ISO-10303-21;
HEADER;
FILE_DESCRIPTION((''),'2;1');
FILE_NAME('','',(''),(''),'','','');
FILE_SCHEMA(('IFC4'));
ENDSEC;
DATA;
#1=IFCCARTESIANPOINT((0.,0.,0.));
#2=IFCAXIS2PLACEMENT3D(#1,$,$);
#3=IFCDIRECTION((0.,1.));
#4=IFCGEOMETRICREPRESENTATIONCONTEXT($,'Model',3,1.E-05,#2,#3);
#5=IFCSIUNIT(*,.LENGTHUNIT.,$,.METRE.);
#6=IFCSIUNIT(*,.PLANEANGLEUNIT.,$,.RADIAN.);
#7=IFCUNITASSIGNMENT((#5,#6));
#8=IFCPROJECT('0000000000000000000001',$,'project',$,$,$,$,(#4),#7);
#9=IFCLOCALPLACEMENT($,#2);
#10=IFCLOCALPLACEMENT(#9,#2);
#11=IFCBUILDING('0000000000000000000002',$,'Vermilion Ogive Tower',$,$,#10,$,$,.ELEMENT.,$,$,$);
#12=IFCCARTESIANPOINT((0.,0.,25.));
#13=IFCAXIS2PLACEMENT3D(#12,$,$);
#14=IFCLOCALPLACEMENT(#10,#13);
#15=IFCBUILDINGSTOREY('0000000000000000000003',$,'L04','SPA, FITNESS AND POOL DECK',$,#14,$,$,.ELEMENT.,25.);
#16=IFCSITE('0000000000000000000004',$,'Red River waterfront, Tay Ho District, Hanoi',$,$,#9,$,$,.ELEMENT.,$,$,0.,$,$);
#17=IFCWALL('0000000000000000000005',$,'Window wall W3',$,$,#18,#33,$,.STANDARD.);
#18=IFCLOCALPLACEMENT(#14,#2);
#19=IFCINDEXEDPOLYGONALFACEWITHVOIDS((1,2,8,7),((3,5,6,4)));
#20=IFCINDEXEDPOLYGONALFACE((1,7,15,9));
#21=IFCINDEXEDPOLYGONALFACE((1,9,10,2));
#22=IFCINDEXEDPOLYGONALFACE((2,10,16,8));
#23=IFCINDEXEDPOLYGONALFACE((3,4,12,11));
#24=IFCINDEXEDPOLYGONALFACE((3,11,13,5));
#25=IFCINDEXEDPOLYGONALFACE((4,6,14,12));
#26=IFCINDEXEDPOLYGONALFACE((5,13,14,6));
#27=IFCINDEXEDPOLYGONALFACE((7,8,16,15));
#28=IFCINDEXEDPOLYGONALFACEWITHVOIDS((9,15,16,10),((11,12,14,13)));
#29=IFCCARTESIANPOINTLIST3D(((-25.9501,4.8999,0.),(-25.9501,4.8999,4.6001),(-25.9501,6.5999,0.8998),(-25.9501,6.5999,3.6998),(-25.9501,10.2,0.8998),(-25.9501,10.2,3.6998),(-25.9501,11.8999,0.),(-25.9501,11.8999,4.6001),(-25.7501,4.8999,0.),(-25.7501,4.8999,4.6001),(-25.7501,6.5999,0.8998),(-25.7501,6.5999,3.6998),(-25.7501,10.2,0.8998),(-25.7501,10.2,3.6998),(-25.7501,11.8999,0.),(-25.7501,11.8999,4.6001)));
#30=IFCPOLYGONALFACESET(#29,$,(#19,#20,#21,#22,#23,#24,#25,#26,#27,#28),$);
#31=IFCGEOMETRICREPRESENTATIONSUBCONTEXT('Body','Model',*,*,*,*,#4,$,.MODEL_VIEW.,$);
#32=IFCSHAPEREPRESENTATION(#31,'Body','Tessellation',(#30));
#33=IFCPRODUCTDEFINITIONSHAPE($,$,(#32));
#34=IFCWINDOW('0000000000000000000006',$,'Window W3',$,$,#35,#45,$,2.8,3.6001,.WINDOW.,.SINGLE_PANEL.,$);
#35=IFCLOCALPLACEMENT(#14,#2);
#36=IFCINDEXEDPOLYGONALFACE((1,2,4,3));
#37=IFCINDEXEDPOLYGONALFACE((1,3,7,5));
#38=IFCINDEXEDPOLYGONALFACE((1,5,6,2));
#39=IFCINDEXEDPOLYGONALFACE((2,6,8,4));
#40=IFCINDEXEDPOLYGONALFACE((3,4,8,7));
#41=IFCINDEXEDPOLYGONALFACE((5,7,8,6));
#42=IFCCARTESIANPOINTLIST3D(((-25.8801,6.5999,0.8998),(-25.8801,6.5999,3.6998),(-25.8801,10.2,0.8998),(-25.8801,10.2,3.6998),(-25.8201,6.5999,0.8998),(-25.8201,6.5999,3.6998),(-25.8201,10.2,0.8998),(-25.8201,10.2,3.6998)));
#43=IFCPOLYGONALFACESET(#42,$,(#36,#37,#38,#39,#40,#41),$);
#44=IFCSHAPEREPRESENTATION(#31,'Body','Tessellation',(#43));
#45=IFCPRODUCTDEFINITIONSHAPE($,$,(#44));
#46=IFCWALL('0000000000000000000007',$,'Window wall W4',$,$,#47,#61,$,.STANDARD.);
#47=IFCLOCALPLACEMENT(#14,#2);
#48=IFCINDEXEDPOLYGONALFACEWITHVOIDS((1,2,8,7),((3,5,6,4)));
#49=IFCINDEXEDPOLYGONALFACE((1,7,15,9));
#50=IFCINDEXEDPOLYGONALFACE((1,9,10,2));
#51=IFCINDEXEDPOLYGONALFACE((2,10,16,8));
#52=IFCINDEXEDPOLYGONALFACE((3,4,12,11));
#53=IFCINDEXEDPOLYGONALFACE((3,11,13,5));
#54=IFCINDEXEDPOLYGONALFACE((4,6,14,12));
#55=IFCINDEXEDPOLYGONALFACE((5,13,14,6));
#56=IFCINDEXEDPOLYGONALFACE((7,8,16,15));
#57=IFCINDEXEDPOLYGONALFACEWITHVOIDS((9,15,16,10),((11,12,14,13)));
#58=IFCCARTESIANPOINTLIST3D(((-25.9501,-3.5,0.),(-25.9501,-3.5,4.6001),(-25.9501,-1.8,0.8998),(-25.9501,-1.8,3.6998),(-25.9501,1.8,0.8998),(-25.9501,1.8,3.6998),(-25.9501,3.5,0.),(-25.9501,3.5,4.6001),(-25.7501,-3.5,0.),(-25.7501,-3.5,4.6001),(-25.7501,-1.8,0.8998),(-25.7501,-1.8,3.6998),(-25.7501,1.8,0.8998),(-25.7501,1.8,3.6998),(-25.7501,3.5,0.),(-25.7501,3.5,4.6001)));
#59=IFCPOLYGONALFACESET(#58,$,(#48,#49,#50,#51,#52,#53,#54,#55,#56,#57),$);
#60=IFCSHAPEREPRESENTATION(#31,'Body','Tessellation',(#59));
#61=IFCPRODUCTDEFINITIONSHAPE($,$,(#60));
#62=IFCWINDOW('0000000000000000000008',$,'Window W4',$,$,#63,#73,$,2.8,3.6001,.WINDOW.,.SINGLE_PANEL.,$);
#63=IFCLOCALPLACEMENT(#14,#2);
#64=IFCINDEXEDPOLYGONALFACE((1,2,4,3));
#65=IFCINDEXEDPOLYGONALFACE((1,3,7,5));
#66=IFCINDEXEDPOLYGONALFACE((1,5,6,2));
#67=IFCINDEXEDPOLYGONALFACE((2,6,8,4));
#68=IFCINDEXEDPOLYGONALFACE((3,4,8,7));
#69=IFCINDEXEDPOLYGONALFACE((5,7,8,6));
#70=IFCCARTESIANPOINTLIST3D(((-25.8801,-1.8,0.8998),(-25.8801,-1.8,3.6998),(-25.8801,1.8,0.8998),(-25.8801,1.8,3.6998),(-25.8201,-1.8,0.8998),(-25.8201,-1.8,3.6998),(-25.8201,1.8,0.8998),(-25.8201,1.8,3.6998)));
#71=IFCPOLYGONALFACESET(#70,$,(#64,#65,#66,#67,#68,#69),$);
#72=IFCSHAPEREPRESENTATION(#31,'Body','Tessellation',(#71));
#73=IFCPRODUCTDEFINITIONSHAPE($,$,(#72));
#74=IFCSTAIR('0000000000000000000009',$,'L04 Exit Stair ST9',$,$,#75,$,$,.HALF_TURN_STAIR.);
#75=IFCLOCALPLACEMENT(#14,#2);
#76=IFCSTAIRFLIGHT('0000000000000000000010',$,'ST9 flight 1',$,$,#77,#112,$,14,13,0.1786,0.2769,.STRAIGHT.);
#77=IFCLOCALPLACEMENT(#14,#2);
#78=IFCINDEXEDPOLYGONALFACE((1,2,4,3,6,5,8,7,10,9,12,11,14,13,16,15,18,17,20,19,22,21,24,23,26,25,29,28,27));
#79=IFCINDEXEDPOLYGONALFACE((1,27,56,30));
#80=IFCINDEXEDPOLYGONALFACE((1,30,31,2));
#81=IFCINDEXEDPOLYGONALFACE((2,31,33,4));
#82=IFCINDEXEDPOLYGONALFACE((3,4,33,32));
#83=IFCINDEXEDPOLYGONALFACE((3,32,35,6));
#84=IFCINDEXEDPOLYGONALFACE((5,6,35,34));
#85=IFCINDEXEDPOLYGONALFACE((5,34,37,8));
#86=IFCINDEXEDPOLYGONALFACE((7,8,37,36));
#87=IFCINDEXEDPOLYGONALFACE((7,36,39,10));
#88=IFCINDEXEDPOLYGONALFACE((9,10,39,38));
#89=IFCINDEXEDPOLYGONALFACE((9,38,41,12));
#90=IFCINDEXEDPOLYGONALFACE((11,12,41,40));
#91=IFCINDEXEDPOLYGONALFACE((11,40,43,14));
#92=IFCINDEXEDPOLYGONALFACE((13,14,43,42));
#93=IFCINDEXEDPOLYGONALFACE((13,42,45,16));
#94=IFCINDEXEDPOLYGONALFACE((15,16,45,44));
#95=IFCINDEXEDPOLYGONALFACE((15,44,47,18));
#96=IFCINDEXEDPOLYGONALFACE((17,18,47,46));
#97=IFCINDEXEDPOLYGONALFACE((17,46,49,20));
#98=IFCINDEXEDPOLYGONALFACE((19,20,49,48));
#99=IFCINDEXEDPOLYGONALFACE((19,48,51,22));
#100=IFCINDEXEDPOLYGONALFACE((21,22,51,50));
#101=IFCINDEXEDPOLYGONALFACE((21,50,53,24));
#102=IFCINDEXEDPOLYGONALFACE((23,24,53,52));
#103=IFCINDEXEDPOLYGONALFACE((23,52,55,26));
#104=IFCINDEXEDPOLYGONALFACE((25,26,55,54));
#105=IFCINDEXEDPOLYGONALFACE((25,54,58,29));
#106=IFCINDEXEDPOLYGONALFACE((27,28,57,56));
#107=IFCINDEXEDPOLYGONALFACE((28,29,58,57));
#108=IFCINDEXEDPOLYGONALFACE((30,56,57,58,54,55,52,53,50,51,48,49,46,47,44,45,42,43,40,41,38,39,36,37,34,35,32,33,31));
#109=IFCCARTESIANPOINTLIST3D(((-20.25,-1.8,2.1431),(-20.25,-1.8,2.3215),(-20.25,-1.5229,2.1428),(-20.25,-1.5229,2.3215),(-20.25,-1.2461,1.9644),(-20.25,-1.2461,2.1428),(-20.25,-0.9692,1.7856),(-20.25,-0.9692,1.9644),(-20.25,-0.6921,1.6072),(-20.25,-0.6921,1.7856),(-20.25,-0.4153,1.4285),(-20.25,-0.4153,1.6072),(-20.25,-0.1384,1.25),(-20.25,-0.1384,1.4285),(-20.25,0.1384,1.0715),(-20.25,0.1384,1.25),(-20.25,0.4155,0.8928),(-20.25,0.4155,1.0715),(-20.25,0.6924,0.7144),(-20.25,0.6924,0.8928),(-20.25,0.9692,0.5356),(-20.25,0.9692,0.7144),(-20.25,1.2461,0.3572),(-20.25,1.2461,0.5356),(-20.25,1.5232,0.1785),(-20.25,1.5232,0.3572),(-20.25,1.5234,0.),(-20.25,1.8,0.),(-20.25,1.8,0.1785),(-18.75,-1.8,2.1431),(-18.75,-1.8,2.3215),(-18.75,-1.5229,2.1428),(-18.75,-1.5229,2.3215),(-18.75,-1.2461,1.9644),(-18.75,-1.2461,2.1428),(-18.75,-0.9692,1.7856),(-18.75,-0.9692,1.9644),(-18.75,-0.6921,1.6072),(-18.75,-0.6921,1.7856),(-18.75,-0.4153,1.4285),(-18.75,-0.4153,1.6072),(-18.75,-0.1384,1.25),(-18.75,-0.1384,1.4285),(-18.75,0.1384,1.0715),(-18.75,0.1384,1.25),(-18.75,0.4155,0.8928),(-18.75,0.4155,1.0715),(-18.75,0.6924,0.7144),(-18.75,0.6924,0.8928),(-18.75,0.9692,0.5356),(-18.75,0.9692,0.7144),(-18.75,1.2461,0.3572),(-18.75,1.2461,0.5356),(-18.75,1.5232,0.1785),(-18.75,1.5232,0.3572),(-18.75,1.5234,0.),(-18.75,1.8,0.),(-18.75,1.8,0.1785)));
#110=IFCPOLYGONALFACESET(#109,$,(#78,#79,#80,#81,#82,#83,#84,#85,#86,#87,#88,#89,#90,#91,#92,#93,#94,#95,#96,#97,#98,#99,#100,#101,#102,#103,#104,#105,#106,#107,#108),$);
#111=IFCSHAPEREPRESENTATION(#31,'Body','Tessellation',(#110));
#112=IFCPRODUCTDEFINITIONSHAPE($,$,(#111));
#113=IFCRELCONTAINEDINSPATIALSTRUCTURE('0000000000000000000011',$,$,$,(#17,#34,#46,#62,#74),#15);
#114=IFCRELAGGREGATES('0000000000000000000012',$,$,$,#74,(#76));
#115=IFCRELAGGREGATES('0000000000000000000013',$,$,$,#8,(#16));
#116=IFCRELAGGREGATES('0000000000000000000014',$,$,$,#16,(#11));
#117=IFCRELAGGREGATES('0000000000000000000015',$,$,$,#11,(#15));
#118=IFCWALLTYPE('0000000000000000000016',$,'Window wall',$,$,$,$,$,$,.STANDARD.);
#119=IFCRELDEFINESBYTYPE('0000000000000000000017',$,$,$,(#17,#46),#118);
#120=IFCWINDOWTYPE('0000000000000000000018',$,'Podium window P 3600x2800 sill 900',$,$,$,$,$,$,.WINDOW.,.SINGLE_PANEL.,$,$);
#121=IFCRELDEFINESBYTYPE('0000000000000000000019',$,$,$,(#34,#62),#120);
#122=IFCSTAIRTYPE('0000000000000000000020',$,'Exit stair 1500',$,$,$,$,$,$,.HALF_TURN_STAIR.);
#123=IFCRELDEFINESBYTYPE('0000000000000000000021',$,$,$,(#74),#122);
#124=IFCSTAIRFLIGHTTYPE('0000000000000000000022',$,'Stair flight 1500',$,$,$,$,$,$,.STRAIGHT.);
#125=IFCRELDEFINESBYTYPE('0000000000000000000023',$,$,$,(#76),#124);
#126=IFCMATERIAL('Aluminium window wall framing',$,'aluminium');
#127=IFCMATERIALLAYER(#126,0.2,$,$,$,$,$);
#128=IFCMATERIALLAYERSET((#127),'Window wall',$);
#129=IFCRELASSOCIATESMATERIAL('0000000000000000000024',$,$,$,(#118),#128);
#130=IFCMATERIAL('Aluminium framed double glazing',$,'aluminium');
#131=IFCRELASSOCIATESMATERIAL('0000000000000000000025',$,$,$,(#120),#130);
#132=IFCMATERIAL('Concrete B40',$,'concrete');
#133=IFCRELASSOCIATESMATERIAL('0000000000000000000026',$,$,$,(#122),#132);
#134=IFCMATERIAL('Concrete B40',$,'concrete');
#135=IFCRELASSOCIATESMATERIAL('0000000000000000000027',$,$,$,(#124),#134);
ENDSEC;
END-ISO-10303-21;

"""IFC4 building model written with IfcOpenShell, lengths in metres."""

from ifc_helpers import new_model, si_unit, direction, frame, frame_2d, origin, place, context, subcontext, project, spatial, polyline, rectangle, outline, extrude, material, layer, layer_set, type_object, element, fill, aggregate, save


model = new_model("IFC4")

# Units and contexts
model_context = context("Model", 3, precision=1e-05, world=origin(), true_north=direction((0.0, 1.0)))
body_context = subcontext(model_context, "Body", "Model", "MODEL_VIEW")
ifc_project = project(units=[si_unit("LENGTHUNIT", "METRE"), si_unit("PLANEANGLEUNIT", "RADIAN")], contexts=[model_context])

# Site, building, storey
site_placement = place(None, origin())
site = spatial("IfcSite", under=ifc_project, at=site_placement, Name="Red River waterfront, Tay Ho District, Hanoi", CompositionType="ELEMENT", RefElevation=0.0)
building_placement = place(site_placement, origin())
building = spatial("IfcBuilding", under=site, at=building_placement, Name="Vermilion Ogive Tower", CompositionType="ELEMENT")
storey_placement = place(building_placement, frame((0.0, 0.0, 25.0)))
storey = spatial("IfcBuildingStorey", under=building, at=storey_placement, Name="L04", Description="SPA, FITNESS AND POOL DECK", CompositionType="ELEMENT", Elevation=25.0)

# Walls, openings, windows
ifc_material_1 = material(Name="Aluminium window wall framing", Category="aluminium")
ifc_layer_1 = layer(ifc_material_1, 0.2)
ifc_layer_set_1 = layer_set([ifc_layer_1], Name="Window wall")
wall_type_1 = type_object("IfcWallType", Name="Window wall", PredefinedType="STANDARD", material=ifc_layer_set_1)
wall_1_placement = place(storey_placement, frame((-25.8501, 11.8999, 0.0), z_axis=(0.0, 0.0, 1.0), x_axis=(0.0, -1.0, 0.0)))
wall_1 = element("IfcWall", 1, at=wall_1_placement, inside=storey, type_object=wall_type_1, Name="Window wall W3", PredefinedType="STANDARD", context=body_context, shape_type="SweptSolid", body=[
    extrude(rectangle(XDim=7.0, YDim=0.2, at=frame_2d((3.5, 0.0))), origin(), (0.0, 0.0, 1.0), 4.6001),
])
opening_1_placement = place(wall_1_placement, frame((1.7, 0.0, 0.8999)))
opening_1 = element("IfcOpeningElement", 2, at=opening_1_placement, cuts=wall_1, PredefinedType="OPENING", context=body_context, shape_type="SweptSolid", body=[
    extrude(rectangle(XDim=3.6001, YDim=2.8, at=frame_2d((1.8, 1.3999))), frame((0.0, 0.1099, 0.0), z_axis=(0.0, -1.0, 0.0), x_axis=(1.0, 0.0, 0.0)), (0.0, 0.0, 1.0), 0.22),
])
ifc_material_2 = material(Name="Aluminium framed double glazing", Category="aluminium")
window_type = type_object("IfcWindowType", Name="Podium window P 3600x2800 sill 900", PartitioningType="SINGLE_PANEL", PredefinedType="WINDOW", material=ifc_material_2)
window_1_placement = place(opening_1_placement, origin())
window_1 = element("IfcWindow", 3, at=window_1_placement, inside=storey, type_object=window_type, Name="Window W3", OverallHeight=2.8, OverallWidth=3.6001, PartitioningType="SINGLE_PANEL", PredefinedType="WINDOW", context=body_context, shape_type="SweptSolid", body=[
    extrude(rectangle(XDim=3.6001, YDim=2.8, at=frame_2d((1.8, 1.3999))), frame((0.0, 0.03, 0.0), z_axis=(0.0, -1.0, 0.0), x_axis=(1.0, 0.0, 0.0)), (0.0, 0.0, 1.0), 0.0601),
])
fill(opening_1, window_1)
wall_2_placement = place(storey_placement, frame((-25.8501, 3.5, 0.0), z_axis=(0.0, 0.0, 1.0), x_axis=(0.0, -1.0, 0.0)))
wall_2 = element("IfcWall", 4, at=wall_2_placement, inside=storey, type_object=wall_type_1, Name="Window wall W4", PredefinedType="STANDARD", context=body_context, shape_type="SweptSolid", body=[
    extrude(rectangle(XDim=7.0, YDim=0.2, at=frame_2d((3.5, 0.0))), origin(), (0.0, 0.0, 1.0), 4.6001),
])
opening_2_placement = place(wall_2_placement, frame((1.7, 0.0, 0.8999)))
opening_2 = element("IfcOpeningElement", 5, at=opening_2_placement, cuts=wall_2, PredefinedType="OPENING", context=body_context, shape_type="SweptSolid", body=[
    extrude(rectangle(XDim=3.6001, YDim=2.8, at=frame_2d((1.8, 1.3999))), frame((0.0, 0.1099, 0.0), z_axis=(0.0, -1.0, 0.0), x_axis=(1.0, 0.0, 0.0)), (0.0, 0.0, 1.0), 0.22),
])
window_2_placement = place(opening_2_placement, origin())
window_2 = element("IfcWindow", 6, at=window_2_placement, inside=storey, type_object=window_type, Name="Window W4", OverallHeight=2.8, OverallWidth=3.6001, PartitioningType="SINGLE_PANEL", PredefinedType="WINDOW", context=body_context, shape_type="SweptSolid", body=[
    extrude(rectangle(XDim=3.6001, YDim=2.8, at=frame_2d((1.8, 1.3999))), frame((0.0, 0.03, 0.0), z_axis=(0.0, -1.0, 0.0), x_axis=(1.0, 0.0, 0.0)), (0.0, 0.0, 1.0), 0.0601),
])
fill(opening_2, window_2)

# Stair, stair flight
ifc_material_3 = material(Name="Concrete B40", Category="concrete")
stair_type = type_object("IfcStairType", Name="Exit stair 1500", PredefinedType="HALF_TURN_STAIR", material=ifc_material_3)
stair_placement = place(storey_placement, origin())
stair = element("IfcStair", 7, at=stair_placement, inside=storey, type_object=stair_type, Name="L04 Exit Stair ST9", PredefinedType="HALF_TURN_STAIR")
ifc_material_4 = material(Name="Concrete B40", Category="concrete")
stair_flight_type = type_object("IfcStairFlightType", Name="Stair flight 1500", PredefinedType="STRAIGHT", material=ifc_material_4)
stair_flight_placement = place(storey_placement, frame((-19.5, 1.8, 0.0), z_axis=(0.0, 0.0, 1.0), x_axis=(0.0, -1.0, 0.0)))
stair_flight = element("IfcStairFlight", 8, at=stair_flight_placement, type_object=stair_flight_type, Name="ST9 flight 1", NumberOfRisers=14, NumberOfTreads=13, PredefinedType="STRAIGHT", RiserHeight=0.1786, TreadLength=0.2769, context=body_context, shape_type="SweptSolid", body=[
    extrude(outline(polyline([(0.0, 0.0), (0.0, 0.1785), (0.2769, 0.1785), (0.2769, 0.3572), (0.554, 0.3572), (0.554, 0.5356), (0.8308, 0.5356), (0.8308, 0.7144), (1.1077, 0.7144), (1.1077, 0.8928), (1.3845, 0.8928), (1.3845, 1.0715), (1.6616, 1.0715), (1.6616, 1.25), (1.9385, 1.25), (1.9385, 1.4285), (2.2153, 1.4285), (2.2153, 1.6072), (2.4922, 1.6072), (2.4922, 1.7856), (2.7693, 1.7856), (2.7693, 1.9644), (3.0461, 1.9644), (3.0461, 2.1428), (3.323, 2.1428), (3.323, 2.3215), (3.6001, 2.3215), (3.6001, 2.5), (3.6001, 2.1431), (0.2766, 0.0), (0.0, 0.0)])), frame((0.0, 0.75, 0.0), z_axis=(0.0, -1.0, 0.0), x_axis=(1.0, 0.0, 0.0)), (0.0, 0.0, 1.0), 1.5),
])
aggregate(stair, [stair_flight])

save(model, "model.ifc")
